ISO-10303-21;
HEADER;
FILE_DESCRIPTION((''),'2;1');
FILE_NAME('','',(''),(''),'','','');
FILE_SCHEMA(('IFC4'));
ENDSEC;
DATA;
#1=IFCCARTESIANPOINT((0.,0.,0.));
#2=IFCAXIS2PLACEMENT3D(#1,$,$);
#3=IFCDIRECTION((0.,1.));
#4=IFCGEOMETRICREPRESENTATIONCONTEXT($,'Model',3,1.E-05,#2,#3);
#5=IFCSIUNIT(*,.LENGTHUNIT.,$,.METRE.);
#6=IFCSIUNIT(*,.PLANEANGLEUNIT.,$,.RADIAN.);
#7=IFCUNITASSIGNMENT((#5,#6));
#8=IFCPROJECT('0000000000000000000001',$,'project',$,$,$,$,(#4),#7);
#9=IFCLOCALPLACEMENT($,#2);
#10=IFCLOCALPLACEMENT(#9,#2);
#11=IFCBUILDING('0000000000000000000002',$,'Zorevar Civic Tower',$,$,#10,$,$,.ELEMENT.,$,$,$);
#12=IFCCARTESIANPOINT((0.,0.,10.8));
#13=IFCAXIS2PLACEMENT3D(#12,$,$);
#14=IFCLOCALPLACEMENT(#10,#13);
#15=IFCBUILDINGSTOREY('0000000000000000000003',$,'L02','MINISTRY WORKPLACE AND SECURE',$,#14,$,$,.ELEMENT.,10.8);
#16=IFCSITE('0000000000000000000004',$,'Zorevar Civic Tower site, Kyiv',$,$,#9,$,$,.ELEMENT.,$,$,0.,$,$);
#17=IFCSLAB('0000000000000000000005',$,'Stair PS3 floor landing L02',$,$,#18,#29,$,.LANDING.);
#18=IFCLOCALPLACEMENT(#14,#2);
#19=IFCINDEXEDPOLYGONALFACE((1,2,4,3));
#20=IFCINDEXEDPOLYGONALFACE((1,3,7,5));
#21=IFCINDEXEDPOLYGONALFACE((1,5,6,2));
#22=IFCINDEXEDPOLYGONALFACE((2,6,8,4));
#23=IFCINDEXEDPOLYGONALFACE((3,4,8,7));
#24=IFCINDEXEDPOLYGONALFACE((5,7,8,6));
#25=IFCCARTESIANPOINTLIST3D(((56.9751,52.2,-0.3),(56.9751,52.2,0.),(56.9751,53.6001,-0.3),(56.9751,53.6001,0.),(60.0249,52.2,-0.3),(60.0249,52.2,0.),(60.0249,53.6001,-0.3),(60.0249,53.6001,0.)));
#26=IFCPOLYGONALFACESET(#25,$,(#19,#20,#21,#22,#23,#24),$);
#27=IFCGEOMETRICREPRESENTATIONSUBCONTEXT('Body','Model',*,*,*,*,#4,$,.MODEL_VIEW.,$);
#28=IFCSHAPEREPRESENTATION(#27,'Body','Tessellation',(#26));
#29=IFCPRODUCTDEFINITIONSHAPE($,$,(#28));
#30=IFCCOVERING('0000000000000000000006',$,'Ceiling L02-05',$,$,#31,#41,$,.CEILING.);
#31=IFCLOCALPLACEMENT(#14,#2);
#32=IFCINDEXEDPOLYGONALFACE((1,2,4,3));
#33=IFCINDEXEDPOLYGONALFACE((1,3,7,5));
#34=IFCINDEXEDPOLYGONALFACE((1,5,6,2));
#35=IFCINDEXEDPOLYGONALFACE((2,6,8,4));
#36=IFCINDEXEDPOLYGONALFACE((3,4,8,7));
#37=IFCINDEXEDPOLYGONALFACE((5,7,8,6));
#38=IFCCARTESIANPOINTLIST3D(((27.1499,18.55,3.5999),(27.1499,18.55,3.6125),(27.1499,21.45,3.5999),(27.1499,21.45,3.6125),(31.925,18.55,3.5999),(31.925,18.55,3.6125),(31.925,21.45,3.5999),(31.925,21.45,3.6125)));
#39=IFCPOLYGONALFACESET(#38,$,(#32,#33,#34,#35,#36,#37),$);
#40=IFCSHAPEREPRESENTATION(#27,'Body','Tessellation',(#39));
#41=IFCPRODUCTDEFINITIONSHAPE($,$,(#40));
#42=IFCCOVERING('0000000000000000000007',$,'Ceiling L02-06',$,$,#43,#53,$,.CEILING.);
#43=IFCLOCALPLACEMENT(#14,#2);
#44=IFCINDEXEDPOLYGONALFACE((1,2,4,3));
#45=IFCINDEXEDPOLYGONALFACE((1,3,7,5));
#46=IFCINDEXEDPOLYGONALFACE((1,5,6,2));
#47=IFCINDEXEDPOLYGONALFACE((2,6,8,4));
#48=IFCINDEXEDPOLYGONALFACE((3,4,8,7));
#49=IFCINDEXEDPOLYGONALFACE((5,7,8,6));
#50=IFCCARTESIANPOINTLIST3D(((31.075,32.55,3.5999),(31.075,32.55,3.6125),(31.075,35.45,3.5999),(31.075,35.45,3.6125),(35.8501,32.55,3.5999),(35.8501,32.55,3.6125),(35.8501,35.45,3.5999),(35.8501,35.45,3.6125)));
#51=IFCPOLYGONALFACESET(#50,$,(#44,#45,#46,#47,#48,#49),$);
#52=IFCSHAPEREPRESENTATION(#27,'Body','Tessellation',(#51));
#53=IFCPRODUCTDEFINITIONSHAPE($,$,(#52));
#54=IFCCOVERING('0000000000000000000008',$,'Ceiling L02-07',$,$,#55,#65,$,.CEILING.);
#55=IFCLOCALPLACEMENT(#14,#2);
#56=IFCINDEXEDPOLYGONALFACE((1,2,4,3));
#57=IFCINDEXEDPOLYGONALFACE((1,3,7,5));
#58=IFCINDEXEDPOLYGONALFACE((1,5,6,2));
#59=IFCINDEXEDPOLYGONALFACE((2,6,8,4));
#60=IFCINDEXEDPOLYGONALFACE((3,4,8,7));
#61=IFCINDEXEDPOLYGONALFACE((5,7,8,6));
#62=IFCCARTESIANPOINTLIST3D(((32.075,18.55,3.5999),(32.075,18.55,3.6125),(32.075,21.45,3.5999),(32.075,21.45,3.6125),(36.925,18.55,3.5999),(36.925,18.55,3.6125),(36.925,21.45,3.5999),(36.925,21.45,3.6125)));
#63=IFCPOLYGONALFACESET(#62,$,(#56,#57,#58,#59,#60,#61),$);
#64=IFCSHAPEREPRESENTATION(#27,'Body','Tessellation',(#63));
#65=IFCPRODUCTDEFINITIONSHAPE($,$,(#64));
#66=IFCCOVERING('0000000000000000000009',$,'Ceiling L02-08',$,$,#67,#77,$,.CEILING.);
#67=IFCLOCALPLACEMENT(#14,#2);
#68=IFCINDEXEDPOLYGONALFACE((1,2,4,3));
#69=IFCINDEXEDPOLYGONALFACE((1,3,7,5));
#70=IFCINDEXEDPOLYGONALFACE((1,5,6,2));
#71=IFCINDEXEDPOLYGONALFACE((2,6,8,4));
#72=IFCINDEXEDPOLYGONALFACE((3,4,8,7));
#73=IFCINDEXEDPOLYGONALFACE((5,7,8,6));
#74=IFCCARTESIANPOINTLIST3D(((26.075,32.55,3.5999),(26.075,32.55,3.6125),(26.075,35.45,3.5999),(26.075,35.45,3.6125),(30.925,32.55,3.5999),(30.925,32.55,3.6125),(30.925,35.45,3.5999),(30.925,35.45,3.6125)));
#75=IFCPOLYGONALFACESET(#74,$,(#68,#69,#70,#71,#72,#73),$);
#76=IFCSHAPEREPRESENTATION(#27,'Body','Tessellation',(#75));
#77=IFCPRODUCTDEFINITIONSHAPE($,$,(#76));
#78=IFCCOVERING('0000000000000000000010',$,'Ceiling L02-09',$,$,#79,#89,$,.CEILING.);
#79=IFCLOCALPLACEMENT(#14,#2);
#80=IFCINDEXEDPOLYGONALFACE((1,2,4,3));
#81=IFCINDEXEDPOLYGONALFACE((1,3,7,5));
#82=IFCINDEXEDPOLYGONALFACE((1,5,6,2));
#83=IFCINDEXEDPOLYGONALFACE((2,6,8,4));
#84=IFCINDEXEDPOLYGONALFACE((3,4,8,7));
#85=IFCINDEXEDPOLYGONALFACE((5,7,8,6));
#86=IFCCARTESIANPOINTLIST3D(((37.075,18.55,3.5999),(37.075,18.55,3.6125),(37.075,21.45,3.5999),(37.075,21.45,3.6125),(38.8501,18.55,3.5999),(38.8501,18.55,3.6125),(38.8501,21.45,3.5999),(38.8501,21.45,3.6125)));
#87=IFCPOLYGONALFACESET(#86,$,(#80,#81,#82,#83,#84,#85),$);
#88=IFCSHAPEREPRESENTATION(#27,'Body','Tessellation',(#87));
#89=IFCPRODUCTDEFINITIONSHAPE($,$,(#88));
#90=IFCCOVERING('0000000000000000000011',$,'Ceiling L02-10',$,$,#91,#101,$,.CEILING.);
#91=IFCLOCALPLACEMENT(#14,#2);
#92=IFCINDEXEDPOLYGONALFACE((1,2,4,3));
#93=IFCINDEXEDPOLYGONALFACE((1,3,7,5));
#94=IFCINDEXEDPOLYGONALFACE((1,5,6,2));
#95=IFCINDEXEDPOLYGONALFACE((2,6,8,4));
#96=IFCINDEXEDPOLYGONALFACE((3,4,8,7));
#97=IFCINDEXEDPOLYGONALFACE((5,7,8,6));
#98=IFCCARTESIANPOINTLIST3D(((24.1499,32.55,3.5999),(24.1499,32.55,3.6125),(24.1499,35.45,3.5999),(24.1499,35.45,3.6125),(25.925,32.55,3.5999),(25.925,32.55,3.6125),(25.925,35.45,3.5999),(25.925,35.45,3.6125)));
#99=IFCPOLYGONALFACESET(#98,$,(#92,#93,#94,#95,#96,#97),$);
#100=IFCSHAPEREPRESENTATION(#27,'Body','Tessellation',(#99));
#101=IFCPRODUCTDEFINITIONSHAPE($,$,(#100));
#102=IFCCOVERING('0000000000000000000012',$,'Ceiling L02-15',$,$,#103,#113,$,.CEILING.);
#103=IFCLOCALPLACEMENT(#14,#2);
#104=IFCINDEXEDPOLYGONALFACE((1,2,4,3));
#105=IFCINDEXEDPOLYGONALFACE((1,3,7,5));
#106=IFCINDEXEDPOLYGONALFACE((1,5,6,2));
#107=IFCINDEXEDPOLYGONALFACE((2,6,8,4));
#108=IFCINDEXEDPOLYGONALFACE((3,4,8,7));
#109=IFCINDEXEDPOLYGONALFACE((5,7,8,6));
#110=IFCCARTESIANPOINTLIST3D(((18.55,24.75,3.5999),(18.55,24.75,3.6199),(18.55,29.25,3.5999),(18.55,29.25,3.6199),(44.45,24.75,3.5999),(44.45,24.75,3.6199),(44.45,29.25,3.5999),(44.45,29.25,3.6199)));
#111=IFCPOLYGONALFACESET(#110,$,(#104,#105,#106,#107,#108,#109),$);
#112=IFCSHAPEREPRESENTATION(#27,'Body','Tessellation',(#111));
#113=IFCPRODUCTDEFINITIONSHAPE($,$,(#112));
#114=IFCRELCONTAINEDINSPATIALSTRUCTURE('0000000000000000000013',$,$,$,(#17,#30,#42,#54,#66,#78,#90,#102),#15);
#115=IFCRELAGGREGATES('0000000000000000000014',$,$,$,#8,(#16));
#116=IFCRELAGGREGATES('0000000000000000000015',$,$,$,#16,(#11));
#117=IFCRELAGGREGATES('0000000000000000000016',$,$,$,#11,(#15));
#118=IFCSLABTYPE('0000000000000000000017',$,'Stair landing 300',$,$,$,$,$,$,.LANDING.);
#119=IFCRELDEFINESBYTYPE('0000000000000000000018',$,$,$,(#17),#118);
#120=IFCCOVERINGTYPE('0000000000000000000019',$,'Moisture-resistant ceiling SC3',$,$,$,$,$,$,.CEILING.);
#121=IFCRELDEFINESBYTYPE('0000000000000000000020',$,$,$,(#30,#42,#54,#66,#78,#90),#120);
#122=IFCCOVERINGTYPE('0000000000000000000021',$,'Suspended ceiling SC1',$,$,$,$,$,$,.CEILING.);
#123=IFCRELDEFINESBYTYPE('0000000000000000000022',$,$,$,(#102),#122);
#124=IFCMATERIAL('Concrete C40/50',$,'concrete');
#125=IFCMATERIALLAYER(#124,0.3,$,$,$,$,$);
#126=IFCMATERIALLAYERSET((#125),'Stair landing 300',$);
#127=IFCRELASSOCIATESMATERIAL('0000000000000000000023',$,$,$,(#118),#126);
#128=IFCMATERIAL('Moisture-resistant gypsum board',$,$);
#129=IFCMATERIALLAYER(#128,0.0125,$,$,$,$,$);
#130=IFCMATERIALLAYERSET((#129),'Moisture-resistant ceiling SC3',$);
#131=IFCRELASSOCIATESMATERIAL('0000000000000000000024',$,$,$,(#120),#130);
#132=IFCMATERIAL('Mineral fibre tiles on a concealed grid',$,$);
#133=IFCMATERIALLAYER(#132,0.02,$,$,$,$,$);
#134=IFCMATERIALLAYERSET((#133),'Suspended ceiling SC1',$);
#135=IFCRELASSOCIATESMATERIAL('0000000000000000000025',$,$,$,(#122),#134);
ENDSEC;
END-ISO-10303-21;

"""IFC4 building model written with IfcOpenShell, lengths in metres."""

from ifc_helpers import new_model, si_unit, direction, frame, origin, place, context, subcontext, project, spatial, polyline, outline, extrude, material, layer, layer_set, type_object, element, save


model = new_model("IFC4")

# Units and contexts
model_context = context("Model", 3, precision=1e-05, world=origin(), true_north=direction((0.0, 1.0)))
body_context = subcontext(model_context, "Body", "Model", "MODEL_VIEW")
ifc_project = project(units=[si_unit("LENGTHUNIT", "METRE"), si_unit("PLANEANGLEUNIT", "RADIAN")], contexts=[model_context])

# Site, building, storey
site_placement = place(None, origin())
site = spatial("IfcSite", under=ifc_project, at=site_placement, Name="Zorevar Civic Tower site, Kyiv", CompositionType="ELEMENT", RefElevation=0.0)
building_placement = place(site_placement, origin())
building = spatial("IfcBuilding", under=site, at=building_placement, Name="Zorevar Civic Tower", CompositionType="ELEMENT")
storey_placement = place(building_placement, frame((0.0, 0.0, 10.8)))
storey = spatial("IfcBuildingStorey", under=building, at=storey_placement, Name="L02", Description="MINISTRY WORKPLACE AND SECURE", CompositionType="ELEMENT", Elevation=10.8)

# Slab
ifc_material_1 = material(Name="Concrete C40/50", Category="concrete")
ifc_layer_1 = layer(ifc_material_1, 0.3)
ifc_layer_set_1 = layer_set([ifc_layer_1], Name="Stair landing 300")
slab_type_1 = type_object("IfcSlabType", Name="Stair landing 300", PredefinedType="LANDING", material=ifc_layer_set_1)
slab_1_placement = place(storey_placement, frame((0.0, 0.0, -0.3)))
element("IfcSlab", 1, at=slab_1_placement, inside=storey, type_object=slab_type_1, Name="Stair PS3 floor landing L02", PredefinedType="LANDING", context=body_context, shape_type="SweptSolid", body=[
    extrude(outline(polyline([(56.9751, 52.2), (60.0249, 52.2), (60.0249, 53.6001), (56.9751, 53.6001), (56.9751, 52.2)])), origin(), (0.0, 0.0, 1.0), 0.3),
])

# Coverings
ifc_material_2 = material(Name="Moisture-resistant gypsum board")
ifc_layer_2 = layer(ifc_material_2, 0.0125)
ifc_layer_set_2 = layer_set([ifc_layer_2], Name="Moisture-resistant ceiling SC3")
covering_type_1 = type_object("IfcCoveringType", Name="Moisture-resistant ceiling SC3", PredefinedType="CEILING", material=ifc_layer_set_2)
covering_1_placement = place(storey_placement, frame((0.0, 0.0, 3.5999)))
element("IfcCovering", 2, at=covering_1_placement, inside=storey, type_object=covering_type_1, Name="Ceiling L02-05", PredefinedType="CEILING", context=body_context, shape_type="SweptSolid", body=[
    extrude(outline(polyline([(31.925, 18.55), (31.925, 21.45), (27.1499, 21.45), (27.1499, 18.55), (31.925, 18.55)])), origin(), (0.0, 0.0, 1.0), 0.0127),
])
covering_2_placement = place(storey_placement, frame((0.0, 0.0, 3.5999)))
element("IfcCovering", 3, at=covering_2_placement, inside=storey, type_object=covering_type_1, Name="Ceiling L02-06", PredefinedType="CEILING", context=body_context, shape_type="SweptSolid", body=[
    extrude(outline(polyline([(35.8501, 32.55), (35.8501, 35.45), (31.075, 35.45), (31.075, 32.55), (35.8501, 32.55)])), origin(), (0.0, 0.0, 1.0), 0.0127),
])
covering_3_placement = place(storey_placement, frame((0.0, 0.0, 3.5999)))
element("IfcCovering", 4, at=covering_3_placement, inside=storey, type_object=covering_type_1, Name="Ceiling L02-07", PredefinedType="CEILING", context=body_context, shape_type="SweptSolid", body=[
    extrude(outline(polyline([(36.925, 18.55), (36.925, 21.45), (32.075, 21.45), (32.075, 18.55), (36.925, 18.55)])), origin(), (0.0, 0.0, 1.0), 0.0127),
])
covering_4_placement = place(storey_placement, frame((0.0, 0.0, 3.5999)))
element("IfcCovering", 5, at=covering_4_placement, inside=storey, type_object=covering_type_1, Name="Ceiling L02-08", PredefinedType="CEILING", context=body_context, shape_type="SweptSolid", body=[
    extrude(outline(polyline([(30.925, 32.55), (30.925, 35.45), (26.075, 35.45), (26.075, 32.55), (30.925, 32.55)])), origin(), (0.0, 0.0, 1.0), 0.0127),
])
covering_5_placement = place(storey_placement, frame((0.0, 0.0, 3.5999)))
element("IfcCovering", 6, at=covering_5_placement, inside=storey, type_object=covering_type_1, Name="Ceiling L02-09", PredefinedType="CEILING", context=body_context, shape_type="SweptSolid", body=[
    extrude(outline(polyline([(38.8501, 18.55), (38.8501, 21.45), (37.075, 21.45), (37.075, 18.55), (38.8501, 18.55)])), origin(), (0.0, 0.0, 1.0), 0.0127),
])
covering_6_placement = place(storey_placement, frame((0.0, 0.0, 3.5999)))
element("IfcCovering", 7, at=covering_6_placement, inside=storey, type_object=covering_type_1, Name="Ceiling L02-10", PredefinedType="CEILING", context=body_context, shape_type="SweptSolid", body=[
    extrude(outline(polyline([(25.925, 32.55), (25.925, 35.45), (24.1499, 35.45), (24.1499, 32.55), (25.925, 32.55)])), origin(), (0.0, 0.0, 1.0), 0.0127),
])
ifc_material_3 = material(Name="Mineral fibre tiles on a concealed grid")
ifc_layer_3 = layer(ifc_material_3, 0.02)
ifc_layer_set_3 = layer_set([ifc_layer_3], Name="Suspended ceiling SC1")
covering_type_2 = type_object("IfcCoveringType", Name="Suspended ceiling SC1", PredefinedType="CEILING", material=ifc_layer_set_3)
covering_7_placement = place(storey_placement, frame((0.0, 0.0, 3.5999)))
element("IfcCovering", 8, at=covering_7_placement, inside=storey, type_object=covering_type_2, Name="Ceiling L02-15", PredefinedType="CEILING", context=body_context, shape_type="SweptSolid", body=[
    extrude(outline(polyline([(44.45, 24.75), (44.45, 29.25), (18.55, 29.25), (18.55, 24.75), (44.45, 24.75)])), origin(), (0.0, 0.0, 1.0), 0.02),
])

save(model, "model.ifc")
